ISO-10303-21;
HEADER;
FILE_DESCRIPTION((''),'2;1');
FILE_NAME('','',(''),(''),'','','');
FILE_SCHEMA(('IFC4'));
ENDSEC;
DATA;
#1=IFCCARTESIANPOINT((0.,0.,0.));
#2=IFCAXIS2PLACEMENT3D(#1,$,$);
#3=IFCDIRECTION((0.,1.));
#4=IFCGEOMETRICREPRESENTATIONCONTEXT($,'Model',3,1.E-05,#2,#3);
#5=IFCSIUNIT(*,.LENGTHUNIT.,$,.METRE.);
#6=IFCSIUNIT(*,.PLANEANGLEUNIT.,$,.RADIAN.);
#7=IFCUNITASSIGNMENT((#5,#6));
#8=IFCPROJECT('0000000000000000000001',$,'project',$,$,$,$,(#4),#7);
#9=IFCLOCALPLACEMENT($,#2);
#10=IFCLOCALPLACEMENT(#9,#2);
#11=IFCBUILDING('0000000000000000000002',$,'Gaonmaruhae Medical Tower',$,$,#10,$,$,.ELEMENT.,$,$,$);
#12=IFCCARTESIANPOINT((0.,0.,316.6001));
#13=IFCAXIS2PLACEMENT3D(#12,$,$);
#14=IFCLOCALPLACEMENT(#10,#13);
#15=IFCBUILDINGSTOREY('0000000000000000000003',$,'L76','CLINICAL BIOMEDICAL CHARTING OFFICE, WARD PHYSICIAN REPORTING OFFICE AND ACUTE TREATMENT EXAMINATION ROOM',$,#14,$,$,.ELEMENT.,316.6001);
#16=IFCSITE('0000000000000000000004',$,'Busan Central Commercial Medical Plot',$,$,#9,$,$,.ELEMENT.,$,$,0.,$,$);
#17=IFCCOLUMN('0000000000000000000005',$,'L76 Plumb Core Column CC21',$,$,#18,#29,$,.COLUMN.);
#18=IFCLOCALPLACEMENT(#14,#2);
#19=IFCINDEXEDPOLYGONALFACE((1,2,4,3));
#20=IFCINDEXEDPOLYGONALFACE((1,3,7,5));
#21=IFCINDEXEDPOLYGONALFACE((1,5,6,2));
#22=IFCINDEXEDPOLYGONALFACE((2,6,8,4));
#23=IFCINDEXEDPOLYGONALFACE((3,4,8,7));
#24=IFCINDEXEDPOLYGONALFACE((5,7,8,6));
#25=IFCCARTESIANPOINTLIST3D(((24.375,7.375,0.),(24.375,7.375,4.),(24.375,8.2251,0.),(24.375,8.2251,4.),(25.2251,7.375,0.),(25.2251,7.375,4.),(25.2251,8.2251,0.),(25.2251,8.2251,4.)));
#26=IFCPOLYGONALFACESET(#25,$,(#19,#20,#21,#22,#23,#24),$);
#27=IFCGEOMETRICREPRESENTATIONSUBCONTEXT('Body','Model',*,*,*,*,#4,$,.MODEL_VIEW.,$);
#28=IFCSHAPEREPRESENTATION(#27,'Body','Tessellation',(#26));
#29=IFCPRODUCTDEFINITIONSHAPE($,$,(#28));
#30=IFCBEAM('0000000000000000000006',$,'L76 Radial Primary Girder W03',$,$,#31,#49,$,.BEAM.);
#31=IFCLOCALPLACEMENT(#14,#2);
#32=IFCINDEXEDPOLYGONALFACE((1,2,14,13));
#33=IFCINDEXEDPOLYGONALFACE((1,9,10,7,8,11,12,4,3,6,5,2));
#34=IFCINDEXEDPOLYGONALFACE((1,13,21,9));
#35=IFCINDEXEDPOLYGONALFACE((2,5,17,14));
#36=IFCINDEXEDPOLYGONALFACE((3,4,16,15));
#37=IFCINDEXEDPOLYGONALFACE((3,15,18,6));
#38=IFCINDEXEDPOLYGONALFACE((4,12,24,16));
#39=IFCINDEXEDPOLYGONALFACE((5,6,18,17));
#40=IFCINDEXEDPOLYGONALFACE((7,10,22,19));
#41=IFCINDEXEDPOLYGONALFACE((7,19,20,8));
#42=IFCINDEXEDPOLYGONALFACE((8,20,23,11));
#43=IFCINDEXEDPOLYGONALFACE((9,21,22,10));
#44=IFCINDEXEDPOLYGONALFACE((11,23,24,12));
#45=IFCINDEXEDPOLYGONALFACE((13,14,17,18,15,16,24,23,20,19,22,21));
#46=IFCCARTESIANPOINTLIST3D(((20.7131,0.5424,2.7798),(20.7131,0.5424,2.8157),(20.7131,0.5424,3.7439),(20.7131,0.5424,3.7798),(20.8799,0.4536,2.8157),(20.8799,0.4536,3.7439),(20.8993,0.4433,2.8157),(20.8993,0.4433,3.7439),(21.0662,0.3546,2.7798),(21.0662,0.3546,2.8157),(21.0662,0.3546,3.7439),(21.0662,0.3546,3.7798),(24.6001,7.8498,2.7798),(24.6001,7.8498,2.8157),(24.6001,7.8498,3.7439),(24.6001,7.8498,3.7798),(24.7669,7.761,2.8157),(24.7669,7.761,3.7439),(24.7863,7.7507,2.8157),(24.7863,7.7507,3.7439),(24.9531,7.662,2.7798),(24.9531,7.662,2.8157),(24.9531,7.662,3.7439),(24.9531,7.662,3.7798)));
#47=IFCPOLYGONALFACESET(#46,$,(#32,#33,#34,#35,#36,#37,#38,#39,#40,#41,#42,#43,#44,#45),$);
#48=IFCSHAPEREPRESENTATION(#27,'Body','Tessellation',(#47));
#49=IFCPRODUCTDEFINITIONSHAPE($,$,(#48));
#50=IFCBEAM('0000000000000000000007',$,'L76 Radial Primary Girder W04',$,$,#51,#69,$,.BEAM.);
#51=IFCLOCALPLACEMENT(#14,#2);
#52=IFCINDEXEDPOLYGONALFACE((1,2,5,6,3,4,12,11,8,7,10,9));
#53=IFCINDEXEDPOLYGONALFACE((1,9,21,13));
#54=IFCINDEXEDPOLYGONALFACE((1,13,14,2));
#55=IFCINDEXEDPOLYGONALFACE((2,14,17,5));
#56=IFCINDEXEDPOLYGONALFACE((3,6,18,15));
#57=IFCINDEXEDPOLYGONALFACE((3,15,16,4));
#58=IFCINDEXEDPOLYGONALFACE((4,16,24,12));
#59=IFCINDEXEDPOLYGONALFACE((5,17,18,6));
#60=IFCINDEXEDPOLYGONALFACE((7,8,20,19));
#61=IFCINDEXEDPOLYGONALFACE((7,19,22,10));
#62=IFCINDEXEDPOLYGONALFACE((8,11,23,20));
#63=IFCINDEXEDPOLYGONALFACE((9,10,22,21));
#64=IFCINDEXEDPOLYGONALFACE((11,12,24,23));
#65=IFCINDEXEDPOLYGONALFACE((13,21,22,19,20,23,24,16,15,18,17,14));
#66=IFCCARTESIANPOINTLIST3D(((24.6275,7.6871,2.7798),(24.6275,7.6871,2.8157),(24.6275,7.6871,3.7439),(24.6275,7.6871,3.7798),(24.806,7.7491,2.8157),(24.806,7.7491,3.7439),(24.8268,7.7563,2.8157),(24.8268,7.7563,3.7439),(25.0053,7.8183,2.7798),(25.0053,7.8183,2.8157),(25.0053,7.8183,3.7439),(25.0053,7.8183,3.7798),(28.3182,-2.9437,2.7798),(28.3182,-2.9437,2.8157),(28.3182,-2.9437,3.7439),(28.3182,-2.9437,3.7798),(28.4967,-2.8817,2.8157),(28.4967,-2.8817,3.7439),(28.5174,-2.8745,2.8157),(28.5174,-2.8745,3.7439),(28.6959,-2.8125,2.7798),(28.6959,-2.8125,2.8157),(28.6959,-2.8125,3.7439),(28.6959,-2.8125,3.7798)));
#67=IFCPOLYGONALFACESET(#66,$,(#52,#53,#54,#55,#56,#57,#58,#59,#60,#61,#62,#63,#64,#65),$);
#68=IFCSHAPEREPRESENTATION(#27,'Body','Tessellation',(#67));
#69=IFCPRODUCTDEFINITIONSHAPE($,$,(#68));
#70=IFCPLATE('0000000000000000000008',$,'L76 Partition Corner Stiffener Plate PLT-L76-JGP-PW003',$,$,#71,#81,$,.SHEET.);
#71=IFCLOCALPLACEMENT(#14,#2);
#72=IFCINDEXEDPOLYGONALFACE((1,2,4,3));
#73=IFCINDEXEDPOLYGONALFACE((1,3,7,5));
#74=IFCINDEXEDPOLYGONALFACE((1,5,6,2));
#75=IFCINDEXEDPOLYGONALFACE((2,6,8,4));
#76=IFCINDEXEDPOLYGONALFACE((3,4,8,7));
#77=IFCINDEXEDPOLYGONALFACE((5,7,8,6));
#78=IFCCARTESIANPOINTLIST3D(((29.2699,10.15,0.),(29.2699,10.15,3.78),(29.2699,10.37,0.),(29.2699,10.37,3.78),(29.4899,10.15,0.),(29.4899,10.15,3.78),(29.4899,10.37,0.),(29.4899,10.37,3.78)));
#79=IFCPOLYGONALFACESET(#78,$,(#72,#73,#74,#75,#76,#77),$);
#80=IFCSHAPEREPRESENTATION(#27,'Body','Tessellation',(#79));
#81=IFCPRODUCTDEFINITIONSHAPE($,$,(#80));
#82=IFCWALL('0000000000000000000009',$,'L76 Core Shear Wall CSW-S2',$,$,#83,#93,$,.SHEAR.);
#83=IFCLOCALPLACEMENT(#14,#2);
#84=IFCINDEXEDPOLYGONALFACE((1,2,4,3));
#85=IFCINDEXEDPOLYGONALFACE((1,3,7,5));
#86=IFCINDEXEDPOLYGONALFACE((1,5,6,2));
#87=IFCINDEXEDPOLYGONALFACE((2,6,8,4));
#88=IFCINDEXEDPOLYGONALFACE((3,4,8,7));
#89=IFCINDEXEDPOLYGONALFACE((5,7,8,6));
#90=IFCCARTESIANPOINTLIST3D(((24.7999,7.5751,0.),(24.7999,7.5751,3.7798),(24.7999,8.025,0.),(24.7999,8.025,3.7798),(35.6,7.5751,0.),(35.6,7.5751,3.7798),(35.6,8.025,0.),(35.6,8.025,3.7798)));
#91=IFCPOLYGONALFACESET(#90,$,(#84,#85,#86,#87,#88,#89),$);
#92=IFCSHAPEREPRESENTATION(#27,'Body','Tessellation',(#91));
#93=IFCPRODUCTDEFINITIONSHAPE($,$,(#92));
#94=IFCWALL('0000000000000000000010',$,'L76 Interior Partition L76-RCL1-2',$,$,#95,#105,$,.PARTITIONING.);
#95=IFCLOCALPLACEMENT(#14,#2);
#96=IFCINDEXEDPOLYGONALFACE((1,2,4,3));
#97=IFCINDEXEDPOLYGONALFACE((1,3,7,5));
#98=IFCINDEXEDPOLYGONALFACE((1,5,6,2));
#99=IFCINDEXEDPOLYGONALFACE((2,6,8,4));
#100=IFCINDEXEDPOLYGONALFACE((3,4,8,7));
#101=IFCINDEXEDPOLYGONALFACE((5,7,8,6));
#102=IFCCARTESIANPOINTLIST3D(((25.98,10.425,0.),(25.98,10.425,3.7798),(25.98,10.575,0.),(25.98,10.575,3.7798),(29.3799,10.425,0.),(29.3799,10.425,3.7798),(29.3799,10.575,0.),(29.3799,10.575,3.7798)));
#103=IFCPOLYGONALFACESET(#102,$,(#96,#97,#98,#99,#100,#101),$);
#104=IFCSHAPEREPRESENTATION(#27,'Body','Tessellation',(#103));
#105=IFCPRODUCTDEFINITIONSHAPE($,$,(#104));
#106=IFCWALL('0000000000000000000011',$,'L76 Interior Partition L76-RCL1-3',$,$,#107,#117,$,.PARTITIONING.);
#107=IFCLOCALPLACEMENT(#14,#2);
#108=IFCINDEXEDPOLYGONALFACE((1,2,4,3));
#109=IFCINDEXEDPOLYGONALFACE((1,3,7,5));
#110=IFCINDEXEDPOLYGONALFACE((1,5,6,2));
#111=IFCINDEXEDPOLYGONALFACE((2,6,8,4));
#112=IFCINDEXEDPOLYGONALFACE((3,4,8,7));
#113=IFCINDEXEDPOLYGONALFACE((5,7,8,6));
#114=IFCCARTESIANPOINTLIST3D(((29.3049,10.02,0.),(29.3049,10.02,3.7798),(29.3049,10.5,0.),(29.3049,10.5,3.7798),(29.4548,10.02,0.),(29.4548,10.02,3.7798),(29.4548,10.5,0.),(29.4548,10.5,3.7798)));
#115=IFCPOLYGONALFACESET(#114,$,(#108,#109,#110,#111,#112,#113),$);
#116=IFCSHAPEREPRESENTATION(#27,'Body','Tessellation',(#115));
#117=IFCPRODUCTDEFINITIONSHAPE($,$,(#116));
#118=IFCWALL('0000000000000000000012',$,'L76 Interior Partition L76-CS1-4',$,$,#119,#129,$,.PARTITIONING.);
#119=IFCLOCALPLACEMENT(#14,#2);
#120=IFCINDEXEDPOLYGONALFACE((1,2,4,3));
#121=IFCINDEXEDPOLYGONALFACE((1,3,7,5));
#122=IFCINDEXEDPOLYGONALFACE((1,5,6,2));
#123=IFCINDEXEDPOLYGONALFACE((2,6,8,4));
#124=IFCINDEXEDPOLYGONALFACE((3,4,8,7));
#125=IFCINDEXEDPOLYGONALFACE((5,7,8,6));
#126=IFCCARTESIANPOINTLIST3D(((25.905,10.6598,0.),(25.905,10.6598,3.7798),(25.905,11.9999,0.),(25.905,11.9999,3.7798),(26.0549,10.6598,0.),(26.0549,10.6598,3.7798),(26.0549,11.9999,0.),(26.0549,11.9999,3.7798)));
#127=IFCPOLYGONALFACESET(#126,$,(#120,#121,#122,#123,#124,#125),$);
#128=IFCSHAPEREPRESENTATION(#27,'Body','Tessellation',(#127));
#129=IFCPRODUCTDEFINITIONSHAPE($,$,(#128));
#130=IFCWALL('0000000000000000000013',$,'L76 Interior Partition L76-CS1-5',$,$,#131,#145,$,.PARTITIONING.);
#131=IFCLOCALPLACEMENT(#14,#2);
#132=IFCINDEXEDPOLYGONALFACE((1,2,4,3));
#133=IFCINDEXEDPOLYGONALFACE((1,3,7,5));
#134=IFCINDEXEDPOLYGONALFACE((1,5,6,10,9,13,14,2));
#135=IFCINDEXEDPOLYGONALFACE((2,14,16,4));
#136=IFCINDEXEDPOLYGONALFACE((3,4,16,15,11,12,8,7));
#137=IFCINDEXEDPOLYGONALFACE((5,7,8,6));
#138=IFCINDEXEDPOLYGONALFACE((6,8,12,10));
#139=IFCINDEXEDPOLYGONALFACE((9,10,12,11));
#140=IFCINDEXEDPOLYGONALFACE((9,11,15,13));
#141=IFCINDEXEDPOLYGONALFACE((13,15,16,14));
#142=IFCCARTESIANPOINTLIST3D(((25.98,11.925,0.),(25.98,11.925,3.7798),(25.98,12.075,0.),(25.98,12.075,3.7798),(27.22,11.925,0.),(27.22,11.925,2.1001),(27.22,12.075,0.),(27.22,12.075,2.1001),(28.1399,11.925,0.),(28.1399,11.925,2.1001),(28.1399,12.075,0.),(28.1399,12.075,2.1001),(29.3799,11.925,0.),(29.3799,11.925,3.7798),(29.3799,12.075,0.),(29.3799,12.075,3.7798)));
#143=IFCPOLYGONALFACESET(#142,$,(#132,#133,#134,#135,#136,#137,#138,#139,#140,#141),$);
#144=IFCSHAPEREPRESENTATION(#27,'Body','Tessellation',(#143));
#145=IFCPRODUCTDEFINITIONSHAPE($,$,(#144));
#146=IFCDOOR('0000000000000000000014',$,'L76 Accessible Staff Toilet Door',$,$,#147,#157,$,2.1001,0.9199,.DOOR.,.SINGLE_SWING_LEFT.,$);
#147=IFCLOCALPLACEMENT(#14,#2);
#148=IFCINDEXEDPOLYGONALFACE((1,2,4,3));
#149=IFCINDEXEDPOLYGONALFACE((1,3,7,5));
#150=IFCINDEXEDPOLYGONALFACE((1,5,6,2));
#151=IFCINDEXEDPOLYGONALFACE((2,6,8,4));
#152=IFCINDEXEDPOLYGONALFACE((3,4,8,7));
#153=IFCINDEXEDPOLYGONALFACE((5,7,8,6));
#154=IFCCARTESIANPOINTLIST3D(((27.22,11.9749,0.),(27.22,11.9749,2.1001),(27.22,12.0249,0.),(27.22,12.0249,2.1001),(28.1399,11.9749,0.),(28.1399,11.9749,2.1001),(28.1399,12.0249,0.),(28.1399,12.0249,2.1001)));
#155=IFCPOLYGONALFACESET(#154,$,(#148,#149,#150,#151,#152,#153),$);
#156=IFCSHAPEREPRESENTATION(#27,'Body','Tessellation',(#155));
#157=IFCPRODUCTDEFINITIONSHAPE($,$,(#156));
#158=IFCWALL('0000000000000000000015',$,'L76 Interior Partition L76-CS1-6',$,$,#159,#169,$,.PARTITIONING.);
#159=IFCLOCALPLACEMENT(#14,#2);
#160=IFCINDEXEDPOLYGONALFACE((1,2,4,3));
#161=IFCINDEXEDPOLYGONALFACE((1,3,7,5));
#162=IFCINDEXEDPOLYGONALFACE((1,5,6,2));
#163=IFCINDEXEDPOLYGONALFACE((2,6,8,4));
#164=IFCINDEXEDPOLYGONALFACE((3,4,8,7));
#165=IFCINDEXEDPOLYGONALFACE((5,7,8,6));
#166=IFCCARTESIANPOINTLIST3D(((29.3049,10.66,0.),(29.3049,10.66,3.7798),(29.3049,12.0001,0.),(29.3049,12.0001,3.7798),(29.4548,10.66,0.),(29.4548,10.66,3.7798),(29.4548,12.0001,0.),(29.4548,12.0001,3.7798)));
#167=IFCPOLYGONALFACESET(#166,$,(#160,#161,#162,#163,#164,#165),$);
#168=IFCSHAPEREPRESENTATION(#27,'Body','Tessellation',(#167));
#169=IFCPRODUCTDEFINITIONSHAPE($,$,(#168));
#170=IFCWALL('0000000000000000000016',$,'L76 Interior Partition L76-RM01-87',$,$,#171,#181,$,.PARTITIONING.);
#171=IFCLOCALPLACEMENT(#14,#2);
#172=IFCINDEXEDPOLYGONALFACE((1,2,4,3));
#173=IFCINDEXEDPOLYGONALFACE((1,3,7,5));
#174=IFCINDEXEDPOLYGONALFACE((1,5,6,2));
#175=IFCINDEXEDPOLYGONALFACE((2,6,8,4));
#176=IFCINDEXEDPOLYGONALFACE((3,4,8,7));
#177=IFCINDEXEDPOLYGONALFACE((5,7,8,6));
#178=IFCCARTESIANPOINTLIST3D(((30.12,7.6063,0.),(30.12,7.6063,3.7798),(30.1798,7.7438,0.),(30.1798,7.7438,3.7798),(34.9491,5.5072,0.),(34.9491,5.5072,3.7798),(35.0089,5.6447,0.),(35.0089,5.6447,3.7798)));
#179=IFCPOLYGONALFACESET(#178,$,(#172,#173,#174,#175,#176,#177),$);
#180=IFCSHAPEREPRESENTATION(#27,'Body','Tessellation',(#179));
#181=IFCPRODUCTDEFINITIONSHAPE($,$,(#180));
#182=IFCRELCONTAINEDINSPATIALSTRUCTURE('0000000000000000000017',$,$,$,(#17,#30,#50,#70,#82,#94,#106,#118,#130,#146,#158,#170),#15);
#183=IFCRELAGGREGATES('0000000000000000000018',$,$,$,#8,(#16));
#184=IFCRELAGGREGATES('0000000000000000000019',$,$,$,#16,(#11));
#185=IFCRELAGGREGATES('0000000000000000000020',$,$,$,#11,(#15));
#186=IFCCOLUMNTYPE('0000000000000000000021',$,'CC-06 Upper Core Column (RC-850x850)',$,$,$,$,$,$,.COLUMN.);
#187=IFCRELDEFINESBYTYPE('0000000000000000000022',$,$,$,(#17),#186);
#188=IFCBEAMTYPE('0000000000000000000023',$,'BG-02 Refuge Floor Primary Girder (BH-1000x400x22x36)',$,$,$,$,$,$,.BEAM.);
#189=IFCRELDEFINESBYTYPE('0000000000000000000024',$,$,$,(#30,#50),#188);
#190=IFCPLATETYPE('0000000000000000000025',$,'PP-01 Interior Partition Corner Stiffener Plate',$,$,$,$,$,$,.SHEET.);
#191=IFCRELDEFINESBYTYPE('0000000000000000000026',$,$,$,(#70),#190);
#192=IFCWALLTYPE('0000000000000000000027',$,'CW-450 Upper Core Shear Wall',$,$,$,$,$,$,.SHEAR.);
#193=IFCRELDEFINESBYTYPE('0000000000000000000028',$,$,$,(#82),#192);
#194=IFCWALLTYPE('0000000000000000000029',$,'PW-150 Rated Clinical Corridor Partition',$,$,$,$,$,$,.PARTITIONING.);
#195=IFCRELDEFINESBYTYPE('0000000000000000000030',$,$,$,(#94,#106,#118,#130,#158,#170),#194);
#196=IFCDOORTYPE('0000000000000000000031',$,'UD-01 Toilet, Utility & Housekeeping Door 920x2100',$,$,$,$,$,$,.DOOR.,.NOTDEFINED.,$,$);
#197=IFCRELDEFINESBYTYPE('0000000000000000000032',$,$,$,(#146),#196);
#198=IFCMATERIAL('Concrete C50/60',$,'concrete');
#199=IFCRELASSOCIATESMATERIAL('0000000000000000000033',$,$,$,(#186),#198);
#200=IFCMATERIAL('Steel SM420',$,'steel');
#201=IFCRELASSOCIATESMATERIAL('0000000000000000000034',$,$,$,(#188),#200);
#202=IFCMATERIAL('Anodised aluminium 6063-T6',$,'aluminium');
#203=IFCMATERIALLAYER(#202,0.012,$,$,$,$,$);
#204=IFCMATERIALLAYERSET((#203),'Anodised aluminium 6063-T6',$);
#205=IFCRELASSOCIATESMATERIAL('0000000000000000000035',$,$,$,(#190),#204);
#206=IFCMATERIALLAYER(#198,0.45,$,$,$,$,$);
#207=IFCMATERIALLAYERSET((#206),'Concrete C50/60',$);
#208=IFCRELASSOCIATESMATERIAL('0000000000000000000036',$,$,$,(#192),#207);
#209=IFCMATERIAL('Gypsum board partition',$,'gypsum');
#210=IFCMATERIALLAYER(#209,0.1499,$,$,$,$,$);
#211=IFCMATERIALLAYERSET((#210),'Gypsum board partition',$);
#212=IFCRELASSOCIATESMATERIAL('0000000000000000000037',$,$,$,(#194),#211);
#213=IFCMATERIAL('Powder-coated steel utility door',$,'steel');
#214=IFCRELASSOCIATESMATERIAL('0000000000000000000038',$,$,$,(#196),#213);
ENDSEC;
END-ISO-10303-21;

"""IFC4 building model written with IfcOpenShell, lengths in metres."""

from ifc_helpers import new_model, si_unit, direction, frame, frame_2d, origin, origin_2d, place, context, subcontext, project, spatial, rectangle, i_section, extrude, material, layer, layer_set, material_profile, profile_set, type_object, element, fill, save


model = new_model("IFC4")

# Units and contexts
model_context = context("Model", 3, precision=1e-05, world=origin(), true_north=direction((0.0, 1.0)))
body_context = subcontext(model_context, "Body", "Model", "MODEL_VIEW")
ifc_project = project(units=[si_unit("LENGTHUNIT", "METRE"), si_unit("PLANEANGLEUNIT", "RADIAN")], contexts=[model_context])

# Site, building, storey
site_placement = place(None, origin())
site = spatial("IfcSite", under=ifc_project, at=site_placement, Name="Busan Central Commercial Medical Plot", CompositionType="ELEMENT", RefElevation=0.0)
building_placement = place(site_placement, origin())
building = spatial("IfcBuilding", under=site, at=building_placement, Name="Gaonmaruhae Medical Tower", CompositionType="ELEMENT")
storey_placement = place(building_placement, frame((0.0, 0.0, 316.6001)))
storey = spatial("IfcBuildingStorey", under=building, at=storey_placement, Name="L76", Description="CLINICAL BIOMEDICAL CHARTING OFFICE, WARD PHYSICIAN REPORTING OFFICE AND ACUTE TREATMENT EXAMINATION ROOM", CompositionType="ELEMENT", Elevation=316.6001)

# Column
ifc_material_1 = material(Name="Concrete C50/60", Category="concrete")
ifc_material_profile_1 = material_profile(ifc_material_1, rectangle(XDim=0.8501, YDim=0.8501, at=origin_2d()), Name="RC-850x850")
ifc_profile_set_1 = profile_set([ifc_material_profile_1], Name="Concrete C50/60")
column_type = type_object("IfcColumnType", Name="CC-06 Upper Core Column (RC-850x850)", PredefinedType="COLUMN", material=ifc_profile_set_1)
column_placement = place(storey_placement, frame((24.8, 7.8, 0.0), z_axis=(0.0, 0.0, 1.0), x_axis=(1.0, 0.0, 0.0)))
element("IfcColumn", 1, at=column_placement, inside=storey, type_object=column_type, Name="L76 Plumb Core Column CC21", PredefinedType="COLUMN", context=body_context, shape_type="SweptSolid", body=[
    extrude(rectangle(XDim=0.8501, YDim=0.8501, at=origin_2d()), origin(), (0.0, 0.0, 1.0), 4.0),
])

# Beams
ifc_material_2 = material(Name="Steel SM420", Category="steel")
ifc_material_profile_2 = material_profile(ifc_material_2, i_section(OverallWidth=0.3999, OverallDepth=1.0, WebThickness=0.022, FlangeThickness=0.0359, at=origin_2d()), Name="BH-1000x400x22x36")
ifc_profile_set_2 = profile_set([ifc_material_profile_2], Name="Steel SM420")
beam_type = type_object("IfcBeamType", Name="BG-02 Refuge Floor Primary Girder (BH-1000x400x22x36)", PredefinedType="BEAM", material=ifc_profile_set_2)
beam_1_placement = place(storey_placement, frame((24.7766, 7.7559, 3.2798), z_axis=(-0.469619, -0.882869, 0.0), x_axis=(0.882869, -0.469619, 0.0)))
element("IfcBeam", 2, at=beam_1_placement, inside=storey, type_object=beam_type, Name="L76 Radial Primary Girder W03", PredefinedType="BEAM", context=body_context, shape_type="SweptSolid", body=[
    extrude(i_section(OverallWidth=0.3999, OverallDepth=1.0, WebThickness=0.022, FlangeThickness=0.0359, at=origin_2d()), origin(), (0.0, 0.0, 1.0), 8.2769),
])
beam_2_placement = place(storey_placement, frame((24.8164, 7.7527, 3.2798), z_axis=(0.327964, -0.94469, 0.0), x_axis=(0.94469, 0.327964, 0.0)))
element("IfcBeam", 3, at=beam_2_placement, inside=storey, type_object=beam_type, Name="L76 Radial Primary Girder W04", PredefinedType="BEAM", context=body_context, shape_type="SweptSolid", body=[
    extrude(i_section(OverallWidth=0.3999, OverallDepth=1.0, WebThickness=0.022, FlangeThickness=0.0359, at=origin_2d()), origin(), (0.0, 0.0, 1.0), 11.2532),
])

# Plate
ifc_material_3 = material(Name="Anodised aluminium 6063-T6", Category="aluminium")
ifc_layer_1 = layer(ifc_material_3, 0.012)
ifc_layer_set_1 = layer_set([ifc_layer_1], Name="Anodised aluminium 6063-T6")
plate_type = type_object("IfcPlateType", Name="PP-01 Interior Partition Corner Stiffener Plate", PredefinedType="SHEET", material=ifc_layer_set_1)
plate_placement = place(storey_placement, frame((29.3799, 10.26, 0.0), z_axis=(0.0, 0.0, 1.0), x_axis=(0.0, -1.0, 0.0)))
element("IfcPlate", 4, at=plate_placement, inside=storey, type_object=plate_type, Name="L76 Partition Corner Stiffener Plate PLT-L76-JGP-PW003", PredefinedType="SHEET", context=body_context, shape_type="SweptSolid", body=[
    extrude(rectangle(XDim=0.22, YDim=0.22, at=origin_2d()), origin(), (0.0, 0.0, 1.0), 3.78),
])

# Wall
ifc_layer_2 = layer(ifc_material_1, 0.45)
ifc_layer_set_2 = layer_set([ifc_layer_2], Name="Concrete C50/60")
wall_type_1 = type_object("IfcWallType", Name="CW-450 Upper Core Shear Wall", PredefinedType="SHEAR", material=ifc_layer_set_2)
wall_1_placement = place(storey_placement, frame((24.8, 7.8, 0.0), z_axis=(0.0, 0.0, 1.0), x_axis=(1.0, 0.0, 0.0)))
element("IfcWall", 5, at=wall_1_placement, inside=storey, type_object=wall_type_1, Name="L76 Core Shear Wall CSW-S2", PredefinedType="SHEAR", context=body_context, shape_type="SweptSolid", body=[
    extrude(rectangle(XDim=10.8, YDim=0.45, at=frame_2d((5.3999, 0.0))), origin(), (0.0, 0.0, 1.0), 3.7798),
])

# Shared definitions
ifc_material_4 = material(Name="Gypsum board partition", Category="gypsum")
ifc_layer_3 = layer(ifc_material_4, 0.1499)
ifc_layer_set_3 = layer_set([ifc_layer_3], Name="Gypsum board partition")
wall_type_2 = type_object("IfcWallType", Name="PW-150 Rated Clinical Corridor Partition", PredefinedType="PARTITIONING", material=ifc_layer_set_3)

# Walls
wall_2_placement = place(storey_placement, frame((25.98, 10.5, 0.0), z_axis=(0.0, 0.0, 1.0), x_axis=(1.0, 0.0, 0.0)))
element("IfcWall", 6, at=wall_2_placement, inside=storey, type_object=wall_type_2, Name="L76 Interior Partition L76-RCL1-2", PredefinedType="PARTITIONING", context=body_context, shape_type="SweptSolid", body=[
    extrude(rectangle(XDim=3.3999, YDim=0.1499, at=frame_2d((1.7, 0.0))), origin(), (0.0, 0.0, 1.0), 3.7798),
])
wall_3_placement = place(storey_placement, frame((29.3799, 10.5, 0.0), z_axis=(0.0, 0.0, 1.0), x_axis=(0.0, -1.0, 0.0)))
element("IfcWall", 7, at=wall_3_placement, inside=storey, type_object=wall_type_2, Name="L76 Interior Partition L76-RCL1-3", PredefinedType="PARTITIONING", context=body_context, shape_type="SweptSolid", body=[
    extrude(rectangle(XDim=0.48, YDim=0.1499, at=frame_2d((0.24, 0.0))), origin(), (0.0, 0.0, 1.0), 3.7798),
])
wall_4_placement = place(storey_placement, frame((25.98, 10.6599, 0.0), z_axis=(0.0, 0.0, 1.0), x_axis=(0.0, 1.0, 0.0)))
element("IfcWall", 8, at=wall_4_placement, inside=storey, type_object=wall_type_2, Name="L76 Interior Partition L76-CS1-4", PredefinedType="PARTITIONING", context=body_context, shape_type="SweptSolid", body=[
    extrude(rectangle(XDim=1.3401, YDim=0.1499, at=frame_2d((0.6699, 0.0))), origin(), (0.0, 0.0, 1.0), 3.7798),
])

# Wall, opening, door
wall_5_placement = place(storey_placement, frame((25.98, 12.0, 0.0), z_axis=(0.0, 0.0, 1.0), x_axis=(1.0, 0.0, 0.0)))
wall_5 = element("IfcWall", 9, at=wall_5_placement, inside=storey, type_object=wall_type_2, Name="L76 Interior Partition L76-CS1-5", PredefinedType="PARTITIONING", context=body_context, shape_type="SweptSolid", body=[
    extrude(rectangle(XDim=3.3999, YDim=0.1499, at=frame_2d((1.7, 0.0))), origin(), (0.0, 0.0, 1.0), 3.7798),
])
opening_1_placement = place(wall_5_placement, frame((1.24, 0.0, 0.0)))
opening_1 = element("IfcOpeningElement", 10, at=opening_1_placement, cuts=wall_5, PredefinedType="OPENING", context=body_context, shape_type="SweptSolid", body=[
    extrude(rectangle(XDim=0.9199, YDim=2.1001, at=frame_2d((0.46, 1.05))), frame((0.0, 0.085, 0.0), z_axis=(0.0, -1.0, 0.0), x_axis=(1.0, 0.0, 0.0)), (0.0, 0.0, 1.0), 0.1699),
])
ifc_material_5 = material(Name="Powder-coated steel utility door", Category="steel")
door_type_1 = type_object("IfcDoorType", Name="UD-01 Toilet, Utility & Housekeeping Door 920x2100", OperationType="NOTDEFINED", PredefinedType="DOOR", material=ifc_material_5)
door_1_placement = place(opening_1_placement, origin())
door_1 = element("IfcDoor", 11, at=door_1_placement, inside=storey, type_object=door_type_1, Name="L76 Accessible Staff Toilet Door", OperationType="SINGLE_SWING_LEFT", OverallHeight=2.1001, OverallWidth=0.9199, PredefinedType="DOOR", context=body_context, shape_type="SweptSolid", body=[
    extrude(rectangle(XDim=0.9199, YDim=2.1001, at=frame_2d((0.46, 1.05))), frame((0.0, 0.0249, 0.0), z_axis=(0.0, -1.0, 0.0), x_axis=(1.0, 0.0, 0.0)), (0.0, 0.0, 1.0), 0.05),
])
fill(opening_1, door_1)

# Walls
wall_6_placement = place(storey_placement, frame((29.3799, 12.0, 0.0), z_axis=(0.0, 0.0, 1.0), x_axis=(0.0, -1.0, 0.0)))
element("IfcWall", 12, at=wall_6_placement, inside=storey, type_object=wall_type_2, Name="L76 Interior Partition L76-CS1-6", PredefinedType="PARTITIONING", context=body_context, shape_type="SweptSolid", body=[
    extrude(rectangle(XDim=1.3401, YDim=0.1499, at=frame_2d((0.6699, 0.0))), origin(), (0.0, 0.0, 1.0), 3.7798),
])
wall_7_placement = place(storey_placement, frame((30.1499, 7.675, 0.0), z_axis=(0.0, 0.0, 1.0), x_axis=(0.917104, -0.398648, 0.0)))
element("IfcWall", 13, at=wall_7_placement, inside=storey, type_object=wall_type_2, Name="L76 Interior Partition L76-RM01-87", PredefinedType="PARTITIONING", context=body_context, shape_type="SweptSolid", body=[
    extrude(rectangle(XDim=5.2656, YDim=0.1499, at=frame_2d((2.6328, 0.0))), origin(), (0.0, 0.0, 1.0), 3.7798),
])

save(model, "model.ifc")
